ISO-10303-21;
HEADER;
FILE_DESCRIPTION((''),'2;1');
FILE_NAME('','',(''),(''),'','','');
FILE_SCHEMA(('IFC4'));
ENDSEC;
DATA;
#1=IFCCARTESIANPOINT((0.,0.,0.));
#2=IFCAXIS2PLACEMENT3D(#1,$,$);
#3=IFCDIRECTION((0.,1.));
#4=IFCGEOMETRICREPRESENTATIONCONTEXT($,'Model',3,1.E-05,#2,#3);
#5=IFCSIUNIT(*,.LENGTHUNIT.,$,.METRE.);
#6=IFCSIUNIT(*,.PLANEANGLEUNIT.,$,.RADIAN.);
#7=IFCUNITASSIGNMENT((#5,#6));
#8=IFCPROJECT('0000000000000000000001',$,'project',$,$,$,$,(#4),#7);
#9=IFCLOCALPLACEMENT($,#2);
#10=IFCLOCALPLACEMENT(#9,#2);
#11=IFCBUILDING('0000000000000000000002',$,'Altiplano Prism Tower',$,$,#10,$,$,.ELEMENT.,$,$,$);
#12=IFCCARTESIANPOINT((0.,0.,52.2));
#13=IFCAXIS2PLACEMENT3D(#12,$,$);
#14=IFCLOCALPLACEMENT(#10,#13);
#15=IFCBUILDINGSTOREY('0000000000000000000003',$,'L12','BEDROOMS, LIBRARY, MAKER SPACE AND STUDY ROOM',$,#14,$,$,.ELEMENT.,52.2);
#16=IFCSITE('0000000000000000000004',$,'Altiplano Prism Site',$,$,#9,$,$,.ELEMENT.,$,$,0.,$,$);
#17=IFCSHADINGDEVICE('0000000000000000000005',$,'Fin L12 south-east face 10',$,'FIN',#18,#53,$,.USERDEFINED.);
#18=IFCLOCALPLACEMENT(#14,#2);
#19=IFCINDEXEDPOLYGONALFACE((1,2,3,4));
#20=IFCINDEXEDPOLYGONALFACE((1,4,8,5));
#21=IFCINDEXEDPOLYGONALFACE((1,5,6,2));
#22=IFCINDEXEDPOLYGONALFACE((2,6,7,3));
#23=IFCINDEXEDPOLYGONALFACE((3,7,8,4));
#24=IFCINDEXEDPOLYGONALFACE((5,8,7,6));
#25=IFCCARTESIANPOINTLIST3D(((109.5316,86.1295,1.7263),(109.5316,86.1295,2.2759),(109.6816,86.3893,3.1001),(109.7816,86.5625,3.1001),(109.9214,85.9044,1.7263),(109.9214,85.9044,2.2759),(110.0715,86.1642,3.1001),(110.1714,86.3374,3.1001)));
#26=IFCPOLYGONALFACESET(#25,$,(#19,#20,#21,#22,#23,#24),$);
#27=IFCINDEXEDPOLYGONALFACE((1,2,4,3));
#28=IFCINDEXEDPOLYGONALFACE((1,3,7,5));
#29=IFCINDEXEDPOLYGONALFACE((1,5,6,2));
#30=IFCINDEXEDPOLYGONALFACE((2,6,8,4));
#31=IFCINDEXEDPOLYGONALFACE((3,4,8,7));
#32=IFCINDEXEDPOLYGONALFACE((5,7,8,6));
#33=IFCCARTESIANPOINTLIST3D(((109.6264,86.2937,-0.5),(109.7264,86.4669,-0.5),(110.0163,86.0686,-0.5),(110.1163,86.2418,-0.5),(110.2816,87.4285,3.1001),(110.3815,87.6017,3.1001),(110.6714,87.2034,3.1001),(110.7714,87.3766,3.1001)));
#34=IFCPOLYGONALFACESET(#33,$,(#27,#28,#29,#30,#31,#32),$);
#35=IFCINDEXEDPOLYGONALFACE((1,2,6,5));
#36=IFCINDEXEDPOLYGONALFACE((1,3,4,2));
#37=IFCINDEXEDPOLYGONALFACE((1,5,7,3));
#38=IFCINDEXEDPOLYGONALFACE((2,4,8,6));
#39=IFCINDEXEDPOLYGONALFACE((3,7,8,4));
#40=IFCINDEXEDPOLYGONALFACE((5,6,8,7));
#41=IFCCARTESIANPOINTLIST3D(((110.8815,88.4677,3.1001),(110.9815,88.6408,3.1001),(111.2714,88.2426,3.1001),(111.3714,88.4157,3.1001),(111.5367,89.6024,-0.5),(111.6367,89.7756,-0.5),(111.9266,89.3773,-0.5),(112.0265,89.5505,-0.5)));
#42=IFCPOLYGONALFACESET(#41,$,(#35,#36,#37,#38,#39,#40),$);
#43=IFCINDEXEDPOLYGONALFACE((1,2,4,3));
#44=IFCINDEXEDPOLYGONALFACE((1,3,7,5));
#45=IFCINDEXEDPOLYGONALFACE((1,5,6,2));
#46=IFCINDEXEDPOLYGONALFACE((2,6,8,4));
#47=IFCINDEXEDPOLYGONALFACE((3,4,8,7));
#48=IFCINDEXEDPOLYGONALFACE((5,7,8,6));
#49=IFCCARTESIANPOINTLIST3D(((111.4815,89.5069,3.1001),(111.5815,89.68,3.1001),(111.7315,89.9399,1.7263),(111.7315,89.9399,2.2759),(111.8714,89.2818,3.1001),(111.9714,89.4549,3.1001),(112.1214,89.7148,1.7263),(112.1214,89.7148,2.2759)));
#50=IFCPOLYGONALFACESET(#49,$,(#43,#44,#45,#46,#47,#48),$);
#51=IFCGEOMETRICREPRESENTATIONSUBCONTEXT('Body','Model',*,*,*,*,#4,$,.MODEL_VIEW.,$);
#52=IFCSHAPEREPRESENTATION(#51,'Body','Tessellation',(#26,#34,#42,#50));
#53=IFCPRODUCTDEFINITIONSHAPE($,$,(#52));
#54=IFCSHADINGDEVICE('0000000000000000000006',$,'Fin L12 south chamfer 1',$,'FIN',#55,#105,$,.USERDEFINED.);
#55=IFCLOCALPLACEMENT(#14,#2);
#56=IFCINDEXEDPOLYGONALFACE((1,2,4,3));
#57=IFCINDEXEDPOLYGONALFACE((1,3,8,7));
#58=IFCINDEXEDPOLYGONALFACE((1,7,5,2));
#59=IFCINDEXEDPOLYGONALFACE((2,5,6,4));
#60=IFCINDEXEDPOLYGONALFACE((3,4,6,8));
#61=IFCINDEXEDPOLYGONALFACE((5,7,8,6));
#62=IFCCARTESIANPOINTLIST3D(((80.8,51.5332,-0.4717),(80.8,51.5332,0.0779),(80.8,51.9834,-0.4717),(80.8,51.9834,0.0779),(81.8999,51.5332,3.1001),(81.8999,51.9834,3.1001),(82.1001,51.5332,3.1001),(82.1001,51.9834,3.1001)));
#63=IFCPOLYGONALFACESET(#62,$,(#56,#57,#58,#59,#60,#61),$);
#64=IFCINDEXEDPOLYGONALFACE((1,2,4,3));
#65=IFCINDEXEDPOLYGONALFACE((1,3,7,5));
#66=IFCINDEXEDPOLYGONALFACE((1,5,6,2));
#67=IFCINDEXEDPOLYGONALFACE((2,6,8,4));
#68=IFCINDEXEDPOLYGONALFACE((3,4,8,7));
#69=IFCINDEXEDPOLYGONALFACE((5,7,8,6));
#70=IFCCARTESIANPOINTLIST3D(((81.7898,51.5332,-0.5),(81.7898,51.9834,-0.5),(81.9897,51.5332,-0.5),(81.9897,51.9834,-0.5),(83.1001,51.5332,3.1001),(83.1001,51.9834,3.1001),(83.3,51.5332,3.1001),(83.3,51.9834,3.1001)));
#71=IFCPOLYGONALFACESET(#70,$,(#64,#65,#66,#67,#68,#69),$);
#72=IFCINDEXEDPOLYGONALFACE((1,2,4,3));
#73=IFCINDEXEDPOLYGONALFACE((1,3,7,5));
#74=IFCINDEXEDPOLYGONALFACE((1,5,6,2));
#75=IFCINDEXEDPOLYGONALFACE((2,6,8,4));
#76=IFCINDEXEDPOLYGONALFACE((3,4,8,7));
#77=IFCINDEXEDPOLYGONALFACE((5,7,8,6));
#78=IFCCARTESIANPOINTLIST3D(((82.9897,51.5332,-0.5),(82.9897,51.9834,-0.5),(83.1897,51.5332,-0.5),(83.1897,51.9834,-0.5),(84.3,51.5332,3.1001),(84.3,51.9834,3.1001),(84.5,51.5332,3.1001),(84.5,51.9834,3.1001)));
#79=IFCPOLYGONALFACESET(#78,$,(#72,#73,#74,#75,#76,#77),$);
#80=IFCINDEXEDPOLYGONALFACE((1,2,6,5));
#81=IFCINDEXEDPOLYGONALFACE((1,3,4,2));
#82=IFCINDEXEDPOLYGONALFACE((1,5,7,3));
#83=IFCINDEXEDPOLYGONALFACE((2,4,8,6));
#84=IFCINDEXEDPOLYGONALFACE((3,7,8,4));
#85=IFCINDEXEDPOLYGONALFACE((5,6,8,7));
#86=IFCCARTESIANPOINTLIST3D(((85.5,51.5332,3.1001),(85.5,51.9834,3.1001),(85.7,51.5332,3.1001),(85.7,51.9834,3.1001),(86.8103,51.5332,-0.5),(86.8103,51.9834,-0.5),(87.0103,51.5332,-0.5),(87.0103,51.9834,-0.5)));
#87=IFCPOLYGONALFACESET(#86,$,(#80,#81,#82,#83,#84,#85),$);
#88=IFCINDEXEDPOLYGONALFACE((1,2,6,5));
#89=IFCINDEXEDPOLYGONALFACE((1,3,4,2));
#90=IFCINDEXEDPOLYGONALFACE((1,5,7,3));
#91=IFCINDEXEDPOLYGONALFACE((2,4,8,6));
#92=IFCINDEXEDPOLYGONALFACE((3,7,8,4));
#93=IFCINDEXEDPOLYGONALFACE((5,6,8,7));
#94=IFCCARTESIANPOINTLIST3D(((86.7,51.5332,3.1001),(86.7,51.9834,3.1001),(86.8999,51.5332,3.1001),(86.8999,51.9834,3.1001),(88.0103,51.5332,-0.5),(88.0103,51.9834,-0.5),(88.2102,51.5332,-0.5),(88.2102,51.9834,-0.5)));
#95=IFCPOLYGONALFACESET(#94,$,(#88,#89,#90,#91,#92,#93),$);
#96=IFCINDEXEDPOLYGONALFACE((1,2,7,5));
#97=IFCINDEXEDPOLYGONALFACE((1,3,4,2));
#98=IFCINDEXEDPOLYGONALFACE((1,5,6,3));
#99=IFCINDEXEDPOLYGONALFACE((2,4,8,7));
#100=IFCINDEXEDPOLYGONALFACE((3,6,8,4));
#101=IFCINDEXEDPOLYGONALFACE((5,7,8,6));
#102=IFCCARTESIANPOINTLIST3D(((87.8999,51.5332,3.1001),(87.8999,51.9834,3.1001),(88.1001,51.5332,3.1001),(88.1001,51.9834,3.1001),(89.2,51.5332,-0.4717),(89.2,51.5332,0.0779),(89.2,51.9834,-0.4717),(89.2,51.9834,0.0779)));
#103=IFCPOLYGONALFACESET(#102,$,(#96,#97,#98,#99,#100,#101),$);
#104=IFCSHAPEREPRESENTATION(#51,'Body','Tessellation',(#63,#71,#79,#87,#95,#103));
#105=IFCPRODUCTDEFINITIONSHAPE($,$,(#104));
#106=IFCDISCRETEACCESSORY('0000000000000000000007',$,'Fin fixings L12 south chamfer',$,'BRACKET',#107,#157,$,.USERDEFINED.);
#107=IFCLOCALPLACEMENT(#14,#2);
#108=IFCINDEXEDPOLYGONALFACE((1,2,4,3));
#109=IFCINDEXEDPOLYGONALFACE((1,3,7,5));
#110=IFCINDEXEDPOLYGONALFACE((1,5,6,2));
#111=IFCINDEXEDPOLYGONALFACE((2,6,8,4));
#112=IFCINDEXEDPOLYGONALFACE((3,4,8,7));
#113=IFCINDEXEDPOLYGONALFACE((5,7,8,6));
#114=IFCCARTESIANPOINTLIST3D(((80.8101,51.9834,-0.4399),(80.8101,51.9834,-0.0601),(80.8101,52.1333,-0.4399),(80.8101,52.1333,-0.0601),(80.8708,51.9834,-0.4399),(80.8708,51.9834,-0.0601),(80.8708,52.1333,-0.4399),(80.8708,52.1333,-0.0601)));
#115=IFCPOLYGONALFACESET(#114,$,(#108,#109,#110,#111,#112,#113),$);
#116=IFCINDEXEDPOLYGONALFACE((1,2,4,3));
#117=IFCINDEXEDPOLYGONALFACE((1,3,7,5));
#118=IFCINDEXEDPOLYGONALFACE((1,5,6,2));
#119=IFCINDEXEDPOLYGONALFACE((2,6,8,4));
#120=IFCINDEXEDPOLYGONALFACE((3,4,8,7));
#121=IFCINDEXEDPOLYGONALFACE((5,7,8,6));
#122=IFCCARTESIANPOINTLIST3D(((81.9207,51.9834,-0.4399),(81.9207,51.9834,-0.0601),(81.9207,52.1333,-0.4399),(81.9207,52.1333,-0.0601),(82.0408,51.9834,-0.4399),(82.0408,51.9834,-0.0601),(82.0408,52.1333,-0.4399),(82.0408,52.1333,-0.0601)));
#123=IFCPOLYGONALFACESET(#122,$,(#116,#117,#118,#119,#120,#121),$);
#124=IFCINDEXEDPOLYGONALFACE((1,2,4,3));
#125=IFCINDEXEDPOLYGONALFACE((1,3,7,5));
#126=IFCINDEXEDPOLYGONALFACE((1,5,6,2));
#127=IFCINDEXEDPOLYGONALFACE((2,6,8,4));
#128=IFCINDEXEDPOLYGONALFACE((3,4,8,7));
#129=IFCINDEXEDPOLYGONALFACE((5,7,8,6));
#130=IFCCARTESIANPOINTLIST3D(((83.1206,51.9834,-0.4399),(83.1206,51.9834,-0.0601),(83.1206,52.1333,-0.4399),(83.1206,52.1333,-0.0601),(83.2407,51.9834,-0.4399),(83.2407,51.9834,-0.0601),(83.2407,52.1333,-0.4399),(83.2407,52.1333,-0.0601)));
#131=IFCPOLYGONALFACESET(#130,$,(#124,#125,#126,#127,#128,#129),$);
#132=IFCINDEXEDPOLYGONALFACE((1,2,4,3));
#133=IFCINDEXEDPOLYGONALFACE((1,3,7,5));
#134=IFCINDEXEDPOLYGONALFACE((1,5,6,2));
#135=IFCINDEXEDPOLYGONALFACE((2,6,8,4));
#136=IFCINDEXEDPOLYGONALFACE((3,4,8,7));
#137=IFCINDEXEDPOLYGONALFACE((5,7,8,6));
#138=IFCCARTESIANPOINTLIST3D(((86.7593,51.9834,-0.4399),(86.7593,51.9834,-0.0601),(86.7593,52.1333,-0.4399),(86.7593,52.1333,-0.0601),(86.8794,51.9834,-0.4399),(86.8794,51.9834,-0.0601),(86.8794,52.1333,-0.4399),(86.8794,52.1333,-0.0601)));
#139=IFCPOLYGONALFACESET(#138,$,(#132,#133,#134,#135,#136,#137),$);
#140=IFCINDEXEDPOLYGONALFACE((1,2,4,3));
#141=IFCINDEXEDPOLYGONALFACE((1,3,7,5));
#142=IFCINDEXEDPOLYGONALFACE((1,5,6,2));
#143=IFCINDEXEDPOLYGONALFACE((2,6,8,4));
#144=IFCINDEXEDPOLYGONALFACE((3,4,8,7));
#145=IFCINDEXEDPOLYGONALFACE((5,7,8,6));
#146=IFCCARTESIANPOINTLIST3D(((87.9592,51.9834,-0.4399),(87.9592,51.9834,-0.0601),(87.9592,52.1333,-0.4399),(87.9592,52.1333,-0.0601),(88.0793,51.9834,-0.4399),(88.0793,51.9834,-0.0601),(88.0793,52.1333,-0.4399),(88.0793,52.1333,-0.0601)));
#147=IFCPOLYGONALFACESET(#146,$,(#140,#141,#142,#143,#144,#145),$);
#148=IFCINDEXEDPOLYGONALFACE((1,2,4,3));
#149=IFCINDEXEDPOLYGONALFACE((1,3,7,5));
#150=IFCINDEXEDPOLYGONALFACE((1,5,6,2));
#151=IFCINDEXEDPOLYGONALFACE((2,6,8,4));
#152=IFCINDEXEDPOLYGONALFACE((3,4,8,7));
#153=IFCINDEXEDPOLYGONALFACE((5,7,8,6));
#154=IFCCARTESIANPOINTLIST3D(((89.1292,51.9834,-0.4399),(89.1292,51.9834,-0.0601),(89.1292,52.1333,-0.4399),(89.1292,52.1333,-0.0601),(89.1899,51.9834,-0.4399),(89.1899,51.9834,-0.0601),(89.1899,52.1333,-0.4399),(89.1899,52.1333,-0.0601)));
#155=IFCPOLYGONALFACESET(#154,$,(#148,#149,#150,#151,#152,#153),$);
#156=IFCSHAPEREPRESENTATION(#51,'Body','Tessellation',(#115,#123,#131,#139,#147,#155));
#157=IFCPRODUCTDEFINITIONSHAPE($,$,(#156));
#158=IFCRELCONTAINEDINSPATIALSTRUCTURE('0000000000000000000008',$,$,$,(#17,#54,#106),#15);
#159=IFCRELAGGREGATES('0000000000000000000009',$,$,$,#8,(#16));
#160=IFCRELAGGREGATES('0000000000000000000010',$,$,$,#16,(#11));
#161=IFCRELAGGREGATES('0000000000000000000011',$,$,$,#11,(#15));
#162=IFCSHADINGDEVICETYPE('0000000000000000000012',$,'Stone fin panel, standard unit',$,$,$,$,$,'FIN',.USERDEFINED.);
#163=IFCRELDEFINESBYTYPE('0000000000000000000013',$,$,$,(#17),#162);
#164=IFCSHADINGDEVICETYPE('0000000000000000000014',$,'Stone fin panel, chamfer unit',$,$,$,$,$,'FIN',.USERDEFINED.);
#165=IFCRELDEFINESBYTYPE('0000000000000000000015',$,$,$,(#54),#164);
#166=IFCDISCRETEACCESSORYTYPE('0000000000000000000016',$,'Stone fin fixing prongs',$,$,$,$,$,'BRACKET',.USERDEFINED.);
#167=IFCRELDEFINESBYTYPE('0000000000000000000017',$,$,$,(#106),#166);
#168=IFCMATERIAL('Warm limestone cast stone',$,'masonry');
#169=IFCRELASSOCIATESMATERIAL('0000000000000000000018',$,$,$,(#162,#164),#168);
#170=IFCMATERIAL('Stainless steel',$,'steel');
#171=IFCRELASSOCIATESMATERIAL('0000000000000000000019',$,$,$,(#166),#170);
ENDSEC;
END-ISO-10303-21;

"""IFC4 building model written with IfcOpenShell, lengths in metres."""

from ifc_helpers import new_model, si_unit, direction, frame, origin, place, context, subcontext, project, spatial, polyline, outline, extrude, source, transform, mapped, material, type_object, element, save


model = new_model("IFC4")

# Units and contexts
model_context = context("Model", 3, precision=1e-05, world=origin(), true_north=direction((0.0, 1.0)))
body_context = subcontext(model_context, "Body", "Model", "MODEL_VIEW")
ifc_project = project(units=[si_unit("LENGTHUNIT", "METRE"), si_unit("PLANEANGLEUNIT", "RADIAN")], contexts=[model_context])

# Site, building, storey
site_placement = place(None, origin())
site = spatial("IfcSite", under=ifc_project, at=site_placement, Name="Altiplano Prism Site", CompositionType="ELEMENT", RefElevation=0.0)
building_placement = place(site_placement, origin())
building = spatial("IfcBuilding", under=site, at=building_placement, Name="Altiplano Prism Tower", CompositionType="ELEMENT")
storey_placement = place(building_placement, frame((0.0, 0.0, 52.2)))
storey = spatial("IfcBuildingStorey", under=building, at=storey_placement, Name="L12", Description="BEDROOMS, LIBRARY, MAKER SPACE AND STUDY ROOM", CompositionType="ELEMENT", Elevation=52.2)

# Shading devices
ifc_material_1 = material(Name="Warm limestone cast stone", Category="masonry")
shading_device_type_1 = type_object("IfcShadingDeviceType", Name="Stone fin panel, standard unit", ElementType="FIN", PredefinedType="USERDEFINED", material=ifc_material_1)
shared_shape_1 = source(origin(), body_context, "Body", "SweptSolid", [
    extrude(outline(polyline([(-2.2, 2.2263), (-1.7, 3.6001), (-1.8999, 3.6001), (-2.2, 2.7759), (-2.2, 2.2263)])), frame((0.0, -0.1499, 0.0), z_axis=(0.0, -1.0, 0.0), x_axis=(1.0, 0.0, 0.0)), (0.0, 0.0, 1.0), 0.4502),
    extrude(outline(polyline([(-2.0103, 0.0), (-1.8103, 0.0), (-0.5, 3.6001), (-0.7, 3.6001), (-2.0103, 0.0)])), frame((0.0, -0.1499, 0.0), z_axis=(0.0, -1.0, 0.0), x_axis=(1.0, 0.0, 0.0)), (0.0, 0.0, 1.0), 0.4502),
    extrude(outline(polyline([(1.8103, 0.0), (2.0103, 0.0), (0.7, 3.6001), (0.5, 3.6001), (1.8103, 0.0)])), frame((0.0, -0.1499, 0.0), z_axis=(0.0, -1.0, 0.0), x_axis=(1.0, 0.0, 0.0)), (0.0, 0.0, 1.0), 0.4502),
    extrude(outline(polyline([(2.2, 2.7759), (1.8999, 3.6001), (1.7, 3.6001), (2.2, 2.2263), (2.2, 2.7759)])), frame((0.0, -0.1499, 0.0), z_axis=(0.0, -1.0, 0.0), x_axis=(1.0, 0.0, 0.0)), (0.0, 0.0, 1.0), 0.4502),
])
shading_device_1_placement = place(storey_placement, origin())
element("IfcShadingDevice", 1, at=shading_device_1_placement, inside=storey, type_object=shading_device_type_1, Name="Fin L12 south-east face 10", ObjectType="FIN", PredefinedType="USERDEFINED", context=body_context, shape_type="MappedRepresentation", body=[
    mapped(shared_shape_1, transform((110.5017, 88.1096, -0.5), x_axis=(0.5, 0.866025, 0.0), y_axis=(-0.866025, 0.5, 0.0), z_axis=(0.0, 0.0, 1.0))),
])
shading_device_type_2 = type_object("IfcShadingDeviceType", Name="Stone fin panel, chamfer unit", ElementType="FIN", PredefinedType="USERDEFINED", material=ifc_material_1)
shared_shape_2 = source(origin(), body_context, "Body", "SweptSolid", [
    extrude(outline(polyline([(-4.2, 0.0283), (-2.8999, 3.6001), (-3.1001, 3.6001), (-4.2, 0.5779), (-4.2, 0.0283)])), frame((0.0, -0.1499, 0.0), z_axis=(0.0, -1.0, 0.0), x_axis=(1.0, 0.0, 0.0)), (0.0, 0.0, 1.0), 0.4502),
    extrude(outline(polyline([(-3.2102, 0.0), (-3.0103, 0.0), (-1.7, 3.6001), (-1.8999, 3.6001), (-3.2102, 0.0)])), frame((0.0, -0.1499, 0.0), z_axis=(0.0, -1.0, 0.0), x_axis=(1.0, 0.0, 0.0)), (0.0, 0.0, 1.0), 0.4502),
    extrude(outline(polyline([(-2.0103, 0.0), (-1.8103, 0.0), (-0.5, 3.6001), (-0.7, 3.6001), (-2.0103, 0.0)])), frame((0.0, -0.1499, 0.0), z_axis=(0.0, -1.0, 0.0), x_axis=(1.0, 0.0, 0.0)), (0.0, 0.0, 1.0), 0.4502),
    extrude(outline(polyline([(1.8103, 0.0), (2.0103, 0.0), (0.7, 3.6001), (0.5, 3.6001), (1.8103, 0.0)])), frame((0.0, -0.1499, 0.0), z_axis=(0.0, -1.0, 0.0), x_axis=(1.0, 0.0, 0.0)), (0.0, 0.0, 1.0), 0.4502),
    extrude(outline(polyline([(3.0103, 0.0), (3.2102, 0.0), (1.8999, 3.6001), (1.7, 3.6001), (3.0103, 0.0)])), frame((0.0, -0.1499, 0.0), z_axis=(0.0, -1.0, 0.0), x_axis=(1.0, 0.0, 0.0)), (0.0, 0.0, 1.0), 0.4502),
    extrude(outline(polyline([(4.2, 0.5779), (3.1001, 3.6001), (2.8999, 3.6001), (4.2, 0.0283), (4.2, 0.5779)])), frame((0.0, -0.1499, 0.0), z_axis=(0.0, -1.0, 0.0), x_axis=(1.0, 0.0, 0.0)), (0.0, 0.0, 1.0), 0.4502),
])
shading_device_2_placement = place(storey_placement, origin())
element("IfcShadingDevice", 2, at=shading_device_2_placement, inside=storey, type_object=shading_device_type_2, Name="Fin L12 south chamfer 1", ObjectType="FIN", PredefinedType="USERDEFINED", context=body_context, shape_type="MappedRepresentation", body=[
    mapped(shared_shape_2, transform((85.0, 52.1333, -0.5), x_axis=(1.0, 0.0, 0.0), y_axis=(0.0, 1.0, 0.0), z_axis=(0.0, 0.0, 1.0))),
])

# Discrete accessory
ifc_material_2 = material(Name="Stainless steel", Category="steel")
discrete_accessory_type = type_object("IfcDiscreteAccessoryType", Name="Stone fin fixing prongs", ElementType="BRACKET", PredefinedType="USERDEFINED", material=ifc_material_2)
shared_shape_3 = source(origin(), body_context, "Body", "SweptSolid", [
    extrude(outline(polyline([(-4.1899, 0.0601), (-4.1292, 0.0601), (-4.1292, 0.4399), (-4.1899, 0.4399), (-4.1899, 0.0601)])), frame((0.0, 0.0, 0.0), z_axis=(0.0, -1.0, 0.0), x_axis=(1.0, 0.0, 0.0)), (0.0, 0.0, 1.0), 0.1499),
    extrude(outline(polyline([(-3.0793, 0.0601), (-2.9592, 0.0601), (-2.9592, 0.4399), (-3.0793, 0.4399), (-3.0793, 0.0601)])), frame((0.0, 0.0, 0.0), z_axis=(0.0, -1.0, 0.0), x_axis=(1.0, 0.0, 0.0)), (0.0, 0.0, 1.0), 0.1499),
    extrude(outline(polyline([(-1.8794, 0.0601), (-1.7593, 0.0601), (-1.7593, 0.4399), (-1.8794, 0.4399), (-1.8794, 0.0601)])), frame((0.0, 0.0, 0.0), z_axis=(0.0, -1.0, 0.0), x_axis=(1.0, 0.0, 0.0)), (0.0, 0.0, 1.0), 0.1499),
    extrude(outline(polyline([(1.7593, 0.0601), (1.8794, 0.0601), (1.8794, 0.4399), (1.7593, 0.4399), (1.7593, 0.0601)])), frame((0.0, 0.0, 0.0), z_axis=(0.0, -1.0, 0.0), x_axis=(1.0, 0.0, 0.0)), (0.0, 0.0, 1.0), 0.1499),
    extrude(outline(polyline([(2.9592, 0.0601), (3.0793, 0.0601), (3.0793, 0.4399), (2.9592, 0.4399), (2.9592, 0.0601)])), frame((0.0, 0.0, 0.0), z_axis=(0.0, -1.0, 0.0), x_axis=(1.0, 0.0, 0.0)), (0.0, 0.0, 1.0), 0.1499),
    extrude(outline(polyline([(4.1292, 0.0601), (4.1899, 0.0601), (4.1899, 0.4399), (4.1292, 0.4399), (4.1292, 0.0601)])), frame((0.0, 0.0, 0.0), z_axis=(0.0, -1.0, 0.0), x_axis=(1.0, 0.0, 0.0)), (0.0, 0.0, 1.0), 0.1499),
])
discrete_accessory_1_placement = place(storey_placement, origin())
element("IfcDiscreteAccessory", 3, at=discrete_accessory_1_placement, inside=storey, type_object=discrete_accessory_type, Name="Fin fixings L12 south chamfer", ObjectType="BRACKET", PredefinedType="USERDEFINED", context=body_context, shape_type="MappedRepresentation", body=[
    mapped(shared_shape_3, transform((85.0, 52.1333, -0.5), x_axis=(1.0, 0.0, 0.0), y_axis=(0.0, 1.0, 0.0), z_axis=(0.0, 0.0, 1.0))),
])

save(model, "model.ifc")
